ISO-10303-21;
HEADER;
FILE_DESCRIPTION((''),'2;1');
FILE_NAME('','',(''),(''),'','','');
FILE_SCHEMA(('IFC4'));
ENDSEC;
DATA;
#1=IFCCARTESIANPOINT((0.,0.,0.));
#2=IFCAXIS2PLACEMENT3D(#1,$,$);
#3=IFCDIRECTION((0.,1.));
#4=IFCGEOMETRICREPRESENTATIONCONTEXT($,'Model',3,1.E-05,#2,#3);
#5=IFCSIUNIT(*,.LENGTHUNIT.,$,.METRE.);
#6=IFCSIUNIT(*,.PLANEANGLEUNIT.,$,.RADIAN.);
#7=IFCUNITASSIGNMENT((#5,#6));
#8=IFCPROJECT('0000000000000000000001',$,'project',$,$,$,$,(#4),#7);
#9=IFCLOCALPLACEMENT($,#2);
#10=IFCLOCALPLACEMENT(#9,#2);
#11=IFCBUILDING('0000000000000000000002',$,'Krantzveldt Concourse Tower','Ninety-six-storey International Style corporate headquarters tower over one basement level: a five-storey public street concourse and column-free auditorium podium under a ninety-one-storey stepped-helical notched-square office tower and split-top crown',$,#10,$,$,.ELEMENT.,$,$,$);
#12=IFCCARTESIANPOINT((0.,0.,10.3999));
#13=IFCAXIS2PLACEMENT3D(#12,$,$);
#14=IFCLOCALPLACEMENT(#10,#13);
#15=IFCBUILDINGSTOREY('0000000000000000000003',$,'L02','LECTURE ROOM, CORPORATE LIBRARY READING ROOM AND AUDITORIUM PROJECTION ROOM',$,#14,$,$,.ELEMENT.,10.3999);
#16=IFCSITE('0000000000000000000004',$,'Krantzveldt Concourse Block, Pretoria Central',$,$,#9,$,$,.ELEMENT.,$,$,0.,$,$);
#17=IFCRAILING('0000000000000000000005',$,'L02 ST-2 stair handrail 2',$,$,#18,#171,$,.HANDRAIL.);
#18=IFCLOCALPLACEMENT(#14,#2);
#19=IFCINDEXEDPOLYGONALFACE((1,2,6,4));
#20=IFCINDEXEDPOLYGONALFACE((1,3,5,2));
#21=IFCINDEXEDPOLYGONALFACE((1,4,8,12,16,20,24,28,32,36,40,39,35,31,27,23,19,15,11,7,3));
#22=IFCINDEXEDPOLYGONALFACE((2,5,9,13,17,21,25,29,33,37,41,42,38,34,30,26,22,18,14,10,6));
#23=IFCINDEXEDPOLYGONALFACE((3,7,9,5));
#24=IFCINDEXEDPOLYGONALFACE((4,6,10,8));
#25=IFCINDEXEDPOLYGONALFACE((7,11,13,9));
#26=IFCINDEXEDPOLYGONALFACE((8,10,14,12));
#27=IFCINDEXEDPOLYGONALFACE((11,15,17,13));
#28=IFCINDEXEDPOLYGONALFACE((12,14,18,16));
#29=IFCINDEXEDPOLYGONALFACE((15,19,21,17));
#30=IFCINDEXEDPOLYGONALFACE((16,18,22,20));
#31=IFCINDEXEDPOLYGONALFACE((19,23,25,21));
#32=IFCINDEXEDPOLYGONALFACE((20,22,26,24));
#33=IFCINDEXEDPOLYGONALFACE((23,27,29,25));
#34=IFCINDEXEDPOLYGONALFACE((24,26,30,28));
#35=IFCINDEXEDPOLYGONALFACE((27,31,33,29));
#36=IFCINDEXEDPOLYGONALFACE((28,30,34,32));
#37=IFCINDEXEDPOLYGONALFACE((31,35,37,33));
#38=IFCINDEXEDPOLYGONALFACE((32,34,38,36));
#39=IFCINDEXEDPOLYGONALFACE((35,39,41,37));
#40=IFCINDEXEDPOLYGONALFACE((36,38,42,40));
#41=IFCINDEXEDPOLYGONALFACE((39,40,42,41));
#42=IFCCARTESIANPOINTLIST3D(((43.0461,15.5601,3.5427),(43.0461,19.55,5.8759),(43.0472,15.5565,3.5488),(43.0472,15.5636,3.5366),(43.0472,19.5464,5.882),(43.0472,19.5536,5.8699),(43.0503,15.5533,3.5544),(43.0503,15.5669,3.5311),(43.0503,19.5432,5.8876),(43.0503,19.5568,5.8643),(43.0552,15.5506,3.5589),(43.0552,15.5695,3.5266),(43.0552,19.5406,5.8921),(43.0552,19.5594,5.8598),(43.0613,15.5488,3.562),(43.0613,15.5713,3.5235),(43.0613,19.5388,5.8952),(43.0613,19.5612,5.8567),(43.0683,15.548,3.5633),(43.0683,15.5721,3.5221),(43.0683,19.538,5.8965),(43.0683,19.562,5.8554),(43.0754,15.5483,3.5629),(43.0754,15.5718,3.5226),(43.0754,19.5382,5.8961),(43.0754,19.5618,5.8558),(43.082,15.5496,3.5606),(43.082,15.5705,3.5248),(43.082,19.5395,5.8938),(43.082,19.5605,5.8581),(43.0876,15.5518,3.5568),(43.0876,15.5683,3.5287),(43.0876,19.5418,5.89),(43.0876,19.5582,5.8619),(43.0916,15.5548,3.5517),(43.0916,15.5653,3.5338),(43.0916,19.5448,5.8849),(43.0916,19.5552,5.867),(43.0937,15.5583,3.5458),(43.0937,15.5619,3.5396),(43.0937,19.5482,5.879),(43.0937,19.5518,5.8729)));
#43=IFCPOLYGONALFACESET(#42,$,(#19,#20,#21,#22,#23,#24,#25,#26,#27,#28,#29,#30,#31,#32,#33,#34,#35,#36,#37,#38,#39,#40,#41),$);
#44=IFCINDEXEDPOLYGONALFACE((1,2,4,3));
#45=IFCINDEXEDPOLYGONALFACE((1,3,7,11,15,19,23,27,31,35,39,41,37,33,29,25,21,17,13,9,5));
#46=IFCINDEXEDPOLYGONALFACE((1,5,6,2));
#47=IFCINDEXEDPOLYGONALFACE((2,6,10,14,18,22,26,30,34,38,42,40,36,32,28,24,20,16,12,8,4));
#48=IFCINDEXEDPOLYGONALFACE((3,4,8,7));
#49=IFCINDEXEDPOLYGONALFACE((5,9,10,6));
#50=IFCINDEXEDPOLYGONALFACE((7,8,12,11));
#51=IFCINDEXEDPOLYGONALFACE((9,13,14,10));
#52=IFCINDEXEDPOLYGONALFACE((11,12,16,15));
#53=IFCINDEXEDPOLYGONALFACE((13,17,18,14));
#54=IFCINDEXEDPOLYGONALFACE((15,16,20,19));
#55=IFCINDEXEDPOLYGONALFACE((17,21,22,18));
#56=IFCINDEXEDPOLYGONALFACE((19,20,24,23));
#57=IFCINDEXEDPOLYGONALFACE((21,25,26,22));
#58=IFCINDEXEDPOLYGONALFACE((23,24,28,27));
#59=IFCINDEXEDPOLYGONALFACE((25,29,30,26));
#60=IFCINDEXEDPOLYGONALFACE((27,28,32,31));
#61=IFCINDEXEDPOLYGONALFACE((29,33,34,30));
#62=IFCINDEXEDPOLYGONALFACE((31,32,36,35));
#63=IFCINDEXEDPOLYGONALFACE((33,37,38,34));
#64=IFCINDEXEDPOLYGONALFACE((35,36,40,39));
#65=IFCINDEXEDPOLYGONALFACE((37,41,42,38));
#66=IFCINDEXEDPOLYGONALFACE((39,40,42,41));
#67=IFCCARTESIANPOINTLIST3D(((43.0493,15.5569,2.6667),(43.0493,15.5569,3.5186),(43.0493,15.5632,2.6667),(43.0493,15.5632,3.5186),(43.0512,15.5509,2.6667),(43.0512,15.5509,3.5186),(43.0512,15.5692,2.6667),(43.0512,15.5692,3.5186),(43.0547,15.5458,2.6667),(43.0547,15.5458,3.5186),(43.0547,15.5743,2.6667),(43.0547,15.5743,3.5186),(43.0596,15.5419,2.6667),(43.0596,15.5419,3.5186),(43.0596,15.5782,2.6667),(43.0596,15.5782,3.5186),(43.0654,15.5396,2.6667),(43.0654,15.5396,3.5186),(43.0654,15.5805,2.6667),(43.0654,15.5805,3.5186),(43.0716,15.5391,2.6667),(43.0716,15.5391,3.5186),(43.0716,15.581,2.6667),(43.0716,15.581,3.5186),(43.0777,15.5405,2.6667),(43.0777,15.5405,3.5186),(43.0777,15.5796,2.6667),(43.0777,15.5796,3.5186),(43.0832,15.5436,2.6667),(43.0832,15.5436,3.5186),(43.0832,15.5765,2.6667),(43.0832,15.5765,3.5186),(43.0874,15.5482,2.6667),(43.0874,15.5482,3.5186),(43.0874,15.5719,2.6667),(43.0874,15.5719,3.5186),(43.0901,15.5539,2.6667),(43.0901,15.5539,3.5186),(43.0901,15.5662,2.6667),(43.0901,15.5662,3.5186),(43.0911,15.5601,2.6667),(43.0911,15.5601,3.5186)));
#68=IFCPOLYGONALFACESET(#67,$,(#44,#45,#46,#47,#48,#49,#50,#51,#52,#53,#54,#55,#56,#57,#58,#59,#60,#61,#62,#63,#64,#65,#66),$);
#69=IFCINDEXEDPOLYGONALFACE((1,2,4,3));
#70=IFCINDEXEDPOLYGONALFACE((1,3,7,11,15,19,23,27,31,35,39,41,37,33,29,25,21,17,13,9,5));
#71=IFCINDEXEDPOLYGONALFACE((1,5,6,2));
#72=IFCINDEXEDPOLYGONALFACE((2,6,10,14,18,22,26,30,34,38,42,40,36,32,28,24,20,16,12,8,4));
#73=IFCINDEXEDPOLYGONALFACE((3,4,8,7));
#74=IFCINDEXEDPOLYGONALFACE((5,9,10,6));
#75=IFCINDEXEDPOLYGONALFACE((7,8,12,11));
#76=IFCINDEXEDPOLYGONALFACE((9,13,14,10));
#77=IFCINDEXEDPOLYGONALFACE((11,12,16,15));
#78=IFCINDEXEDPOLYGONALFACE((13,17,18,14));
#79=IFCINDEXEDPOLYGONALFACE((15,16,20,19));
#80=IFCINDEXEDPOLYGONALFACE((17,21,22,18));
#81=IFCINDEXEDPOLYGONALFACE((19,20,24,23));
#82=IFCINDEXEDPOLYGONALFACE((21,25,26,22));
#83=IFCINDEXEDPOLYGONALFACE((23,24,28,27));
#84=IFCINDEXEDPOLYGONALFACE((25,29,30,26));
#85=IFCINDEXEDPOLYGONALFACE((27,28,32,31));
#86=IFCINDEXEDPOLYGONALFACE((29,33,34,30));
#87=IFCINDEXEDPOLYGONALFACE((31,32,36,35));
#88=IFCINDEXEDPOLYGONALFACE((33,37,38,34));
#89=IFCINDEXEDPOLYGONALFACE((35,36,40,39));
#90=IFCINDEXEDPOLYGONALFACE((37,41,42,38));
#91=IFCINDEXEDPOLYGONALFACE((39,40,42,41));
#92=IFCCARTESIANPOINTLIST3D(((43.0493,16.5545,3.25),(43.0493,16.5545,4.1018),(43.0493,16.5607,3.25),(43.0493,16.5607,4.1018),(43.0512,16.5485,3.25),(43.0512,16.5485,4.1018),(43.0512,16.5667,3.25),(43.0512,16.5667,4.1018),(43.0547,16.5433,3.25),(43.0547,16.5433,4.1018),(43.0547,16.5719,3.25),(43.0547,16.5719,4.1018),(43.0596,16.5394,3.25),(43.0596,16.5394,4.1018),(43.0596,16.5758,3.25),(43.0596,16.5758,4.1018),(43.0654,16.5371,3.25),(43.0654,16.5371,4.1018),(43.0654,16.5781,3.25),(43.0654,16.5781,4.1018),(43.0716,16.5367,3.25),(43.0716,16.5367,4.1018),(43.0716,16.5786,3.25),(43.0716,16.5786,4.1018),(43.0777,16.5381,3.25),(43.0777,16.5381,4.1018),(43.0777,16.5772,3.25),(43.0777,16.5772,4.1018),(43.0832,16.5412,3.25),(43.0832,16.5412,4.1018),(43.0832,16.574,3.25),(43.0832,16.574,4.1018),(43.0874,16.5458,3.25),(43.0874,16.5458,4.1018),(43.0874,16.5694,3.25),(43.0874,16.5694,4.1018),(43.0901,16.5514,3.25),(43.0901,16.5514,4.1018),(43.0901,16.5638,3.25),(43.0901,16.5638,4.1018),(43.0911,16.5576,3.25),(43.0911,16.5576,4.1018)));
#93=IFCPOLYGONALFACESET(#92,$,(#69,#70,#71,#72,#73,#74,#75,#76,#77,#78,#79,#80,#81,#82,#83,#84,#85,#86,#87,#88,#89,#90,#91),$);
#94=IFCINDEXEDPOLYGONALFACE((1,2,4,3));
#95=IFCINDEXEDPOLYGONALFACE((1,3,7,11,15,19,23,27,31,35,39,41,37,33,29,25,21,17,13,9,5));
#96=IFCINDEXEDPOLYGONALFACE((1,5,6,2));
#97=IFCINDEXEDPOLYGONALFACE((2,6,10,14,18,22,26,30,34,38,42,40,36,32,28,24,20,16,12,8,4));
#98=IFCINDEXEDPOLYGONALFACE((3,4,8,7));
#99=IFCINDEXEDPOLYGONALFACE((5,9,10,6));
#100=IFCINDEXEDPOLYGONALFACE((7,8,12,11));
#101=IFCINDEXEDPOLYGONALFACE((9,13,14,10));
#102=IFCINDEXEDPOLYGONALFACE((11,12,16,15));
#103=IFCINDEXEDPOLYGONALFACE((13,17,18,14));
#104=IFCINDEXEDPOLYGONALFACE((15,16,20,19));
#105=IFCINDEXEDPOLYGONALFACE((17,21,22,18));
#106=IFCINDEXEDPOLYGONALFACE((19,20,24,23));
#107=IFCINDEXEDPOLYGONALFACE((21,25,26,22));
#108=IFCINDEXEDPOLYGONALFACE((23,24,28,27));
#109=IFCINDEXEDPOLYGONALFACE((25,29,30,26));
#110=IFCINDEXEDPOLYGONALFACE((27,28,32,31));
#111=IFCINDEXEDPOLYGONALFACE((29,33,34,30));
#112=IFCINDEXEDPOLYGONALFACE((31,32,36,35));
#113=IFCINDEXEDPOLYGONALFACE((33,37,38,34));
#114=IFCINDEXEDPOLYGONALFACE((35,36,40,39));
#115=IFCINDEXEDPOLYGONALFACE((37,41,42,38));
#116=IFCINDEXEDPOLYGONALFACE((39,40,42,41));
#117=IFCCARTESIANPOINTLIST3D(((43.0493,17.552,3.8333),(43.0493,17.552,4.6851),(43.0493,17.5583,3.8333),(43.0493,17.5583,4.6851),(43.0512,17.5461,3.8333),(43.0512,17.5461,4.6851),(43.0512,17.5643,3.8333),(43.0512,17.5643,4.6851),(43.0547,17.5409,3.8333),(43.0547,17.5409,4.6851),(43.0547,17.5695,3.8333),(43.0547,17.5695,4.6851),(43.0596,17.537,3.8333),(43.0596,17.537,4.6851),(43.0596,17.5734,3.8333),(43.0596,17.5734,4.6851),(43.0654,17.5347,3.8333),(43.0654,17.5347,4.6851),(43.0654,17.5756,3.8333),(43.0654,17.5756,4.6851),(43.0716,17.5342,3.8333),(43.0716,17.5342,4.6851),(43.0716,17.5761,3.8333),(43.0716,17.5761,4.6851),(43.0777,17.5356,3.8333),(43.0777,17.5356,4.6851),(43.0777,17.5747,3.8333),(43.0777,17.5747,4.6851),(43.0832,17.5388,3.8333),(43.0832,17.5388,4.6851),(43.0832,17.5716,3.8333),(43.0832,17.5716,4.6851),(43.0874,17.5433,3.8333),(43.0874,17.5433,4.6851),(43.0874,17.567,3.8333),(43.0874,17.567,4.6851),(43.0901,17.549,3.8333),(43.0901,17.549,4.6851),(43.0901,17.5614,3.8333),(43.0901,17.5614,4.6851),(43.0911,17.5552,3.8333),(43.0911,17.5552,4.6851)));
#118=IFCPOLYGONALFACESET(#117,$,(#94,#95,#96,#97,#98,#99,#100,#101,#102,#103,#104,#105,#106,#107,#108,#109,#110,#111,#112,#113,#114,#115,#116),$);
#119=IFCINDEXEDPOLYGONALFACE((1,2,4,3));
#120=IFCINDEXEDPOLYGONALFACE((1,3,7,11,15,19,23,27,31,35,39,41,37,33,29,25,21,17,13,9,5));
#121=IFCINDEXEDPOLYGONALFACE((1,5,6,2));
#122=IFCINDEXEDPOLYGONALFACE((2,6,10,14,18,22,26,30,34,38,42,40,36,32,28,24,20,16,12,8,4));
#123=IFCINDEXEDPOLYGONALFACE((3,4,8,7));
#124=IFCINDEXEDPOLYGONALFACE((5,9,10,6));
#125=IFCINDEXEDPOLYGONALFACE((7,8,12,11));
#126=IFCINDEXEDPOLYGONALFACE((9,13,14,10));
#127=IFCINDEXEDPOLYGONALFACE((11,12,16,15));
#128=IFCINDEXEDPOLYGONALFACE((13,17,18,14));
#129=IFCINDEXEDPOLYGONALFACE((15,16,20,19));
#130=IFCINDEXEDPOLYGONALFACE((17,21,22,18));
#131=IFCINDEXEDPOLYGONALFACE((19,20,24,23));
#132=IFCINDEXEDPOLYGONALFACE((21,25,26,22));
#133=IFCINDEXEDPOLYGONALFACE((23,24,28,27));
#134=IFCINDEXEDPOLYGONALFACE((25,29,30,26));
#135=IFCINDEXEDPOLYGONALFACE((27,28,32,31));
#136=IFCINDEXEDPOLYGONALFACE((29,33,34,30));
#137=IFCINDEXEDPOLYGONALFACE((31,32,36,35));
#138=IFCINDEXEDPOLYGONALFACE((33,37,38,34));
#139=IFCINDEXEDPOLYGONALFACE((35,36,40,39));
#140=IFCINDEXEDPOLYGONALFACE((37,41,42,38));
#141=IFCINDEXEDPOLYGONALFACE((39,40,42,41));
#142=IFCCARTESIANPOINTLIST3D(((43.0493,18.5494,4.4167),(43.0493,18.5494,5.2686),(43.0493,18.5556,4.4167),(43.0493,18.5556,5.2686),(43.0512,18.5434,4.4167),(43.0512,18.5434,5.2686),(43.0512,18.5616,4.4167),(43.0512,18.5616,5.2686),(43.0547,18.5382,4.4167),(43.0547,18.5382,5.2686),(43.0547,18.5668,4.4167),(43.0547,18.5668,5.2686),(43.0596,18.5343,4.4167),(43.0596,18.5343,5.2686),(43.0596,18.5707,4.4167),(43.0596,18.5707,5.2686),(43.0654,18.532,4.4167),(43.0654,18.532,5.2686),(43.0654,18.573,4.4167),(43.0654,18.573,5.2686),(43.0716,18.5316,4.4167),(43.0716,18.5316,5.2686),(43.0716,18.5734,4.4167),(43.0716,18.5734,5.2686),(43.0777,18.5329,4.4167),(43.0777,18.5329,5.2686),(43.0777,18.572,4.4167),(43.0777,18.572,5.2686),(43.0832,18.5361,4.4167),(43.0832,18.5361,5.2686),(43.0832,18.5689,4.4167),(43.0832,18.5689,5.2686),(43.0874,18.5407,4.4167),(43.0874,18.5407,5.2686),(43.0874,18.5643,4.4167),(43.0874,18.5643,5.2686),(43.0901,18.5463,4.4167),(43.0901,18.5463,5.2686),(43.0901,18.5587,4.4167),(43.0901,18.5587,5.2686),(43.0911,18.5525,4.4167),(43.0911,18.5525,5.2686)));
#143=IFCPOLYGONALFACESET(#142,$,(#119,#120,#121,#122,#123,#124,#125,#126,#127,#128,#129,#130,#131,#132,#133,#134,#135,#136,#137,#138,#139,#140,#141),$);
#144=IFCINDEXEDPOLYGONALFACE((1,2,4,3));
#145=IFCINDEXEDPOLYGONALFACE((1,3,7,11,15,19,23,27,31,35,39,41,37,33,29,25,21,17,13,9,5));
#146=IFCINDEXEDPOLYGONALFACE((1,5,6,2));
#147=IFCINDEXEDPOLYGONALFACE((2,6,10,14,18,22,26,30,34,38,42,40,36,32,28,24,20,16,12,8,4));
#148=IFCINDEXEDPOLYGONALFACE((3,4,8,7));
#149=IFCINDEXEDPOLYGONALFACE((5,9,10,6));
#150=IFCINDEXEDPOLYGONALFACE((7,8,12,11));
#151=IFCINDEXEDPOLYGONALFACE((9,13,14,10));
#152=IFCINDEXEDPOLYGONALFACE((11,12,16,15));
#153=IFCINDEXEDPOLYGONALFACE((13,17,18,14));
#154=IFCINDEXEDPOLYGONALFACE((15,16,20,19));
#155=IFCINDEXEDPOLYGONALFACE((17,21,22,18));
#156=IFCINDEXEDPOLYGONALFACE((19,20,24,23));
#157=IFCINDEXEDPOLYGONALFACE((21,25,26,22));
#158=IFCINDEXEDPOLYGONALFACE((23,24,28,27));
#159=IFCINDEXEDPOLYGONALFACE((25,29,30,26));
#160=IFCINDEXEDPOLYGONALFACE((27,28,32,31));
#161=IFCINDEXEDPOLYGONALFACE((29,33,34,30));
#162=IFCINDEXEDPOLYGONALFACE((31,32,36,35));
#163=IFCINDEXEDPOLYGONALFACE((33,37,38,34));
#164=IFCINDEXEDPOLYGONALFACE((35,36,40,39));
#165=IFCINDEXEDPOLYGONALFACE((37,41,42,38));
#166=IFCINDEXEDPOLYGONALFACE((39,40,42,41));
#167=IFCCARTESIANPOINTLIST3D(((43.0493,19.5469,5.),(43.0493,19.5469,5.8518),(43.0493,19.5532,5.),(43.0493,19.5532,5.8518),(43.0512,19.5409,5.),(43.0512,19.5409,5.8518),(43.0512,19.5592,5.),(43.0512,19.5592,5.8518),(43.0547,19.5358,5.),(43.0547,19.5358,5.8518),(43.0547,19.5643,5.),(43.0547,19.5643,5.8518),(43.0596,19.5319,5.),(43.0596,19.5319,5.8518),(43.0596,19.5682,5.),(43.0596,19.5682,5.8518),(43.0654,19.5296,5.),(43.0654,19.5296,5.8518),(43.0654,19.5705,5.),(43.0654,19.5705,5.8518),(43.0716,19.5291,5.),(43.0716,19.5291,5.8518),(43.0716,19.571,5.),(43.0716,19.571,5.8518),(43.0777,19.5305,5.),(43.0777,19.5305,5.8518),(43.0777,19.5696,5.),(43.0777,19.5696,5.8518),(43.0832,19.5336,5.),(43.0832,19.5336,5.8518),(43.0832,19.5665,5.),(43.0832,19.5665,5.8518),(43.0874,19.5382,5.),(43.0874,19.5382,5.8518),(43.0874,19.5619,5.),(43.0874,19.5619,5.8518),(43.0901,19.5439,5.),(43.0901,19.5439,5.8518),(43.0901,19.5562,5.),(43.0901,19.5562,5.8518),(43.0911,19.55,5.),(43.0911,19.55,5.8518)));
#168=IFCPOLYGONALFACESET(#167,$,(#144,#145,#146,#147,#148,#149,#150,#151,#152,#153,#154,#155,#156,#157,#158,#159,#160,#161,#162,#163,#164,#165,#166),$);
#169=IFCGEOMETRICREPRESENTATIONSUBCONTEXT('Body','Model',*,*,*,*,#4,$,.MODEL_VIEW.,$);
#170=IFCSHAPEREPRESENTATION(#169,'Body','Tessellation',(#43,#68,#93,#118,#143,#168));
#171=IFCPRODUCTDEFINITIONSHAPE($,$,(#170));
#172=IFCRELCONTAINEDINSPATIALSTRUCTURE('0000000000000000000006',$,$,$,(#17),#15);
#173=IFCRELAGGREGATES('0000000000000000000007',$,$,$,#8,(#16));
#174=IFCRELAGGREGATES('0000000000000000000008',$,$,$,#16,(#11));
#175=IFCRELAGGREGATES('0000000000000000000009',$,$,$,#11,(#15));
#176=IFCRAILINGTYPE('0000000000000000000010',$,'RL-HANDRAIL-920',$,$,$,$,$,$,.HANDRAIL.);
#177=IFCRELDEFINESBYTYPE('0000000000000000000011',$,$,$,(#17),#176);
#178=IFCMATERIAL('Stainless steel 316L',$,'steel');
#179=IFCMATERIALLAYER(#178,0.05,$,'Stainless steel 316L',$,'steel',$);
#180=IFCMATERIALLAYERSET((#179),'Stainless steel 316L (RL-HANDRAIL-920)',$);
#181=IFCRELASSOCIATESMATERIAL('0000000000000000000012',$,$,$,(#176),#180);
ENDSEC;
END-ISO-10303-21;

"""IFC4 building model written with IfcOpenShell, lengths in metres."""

from ifc_helpers import new_model, si_unit, direction, frame, origin, origin_2d, place, context, subcontext, project, spatial, circle, extrude, material, layer, layer_set, type_object, element, save


model = new_model("IFC4")

# Units and contexts
model_context = context("Model", 3, precision=1e-05, world=origin(), true_north=direction((0.0, 1.0)))
body_context = subcontext(model_context, "Body", "Model", "MODEL_VIEW")
ifc_project = project(units=[si_unit("LENGTHUNIT", "METRE"), si_unit("PLANEANGLEUNIT", "RADIAN")], contexts=[model_context])

# Site, building, storey
site_placement = place(None, origin())
site = spatial("IfcSite", under=ifc_project, at=site_placement, Name="Krantzveldt Concourse Block, Pretoria Central", CompositionType="ELEMENT", RefElevation=0.0)
building_placement = place(site_placement, origin())
building = spatial("IfcBuilding", under=site, at=building_placement, Name="Krantzveldt Concourse Tower", Description="Ninety-six-storey International Style corporate headquarters tower over one basement level: a five-storey public street concourse and column-free auditorium podium under a ninety-one-storey stepped-helical notched-square office tower and split-top crown", CompositionType="ELEMENT")
storey_placement = place(building_placement, frame((0.0, 0.0, 10.3999)))
storey = spatial("IfcBuildingStorey", under=building, at=storey_placement, Name="L02", Description="LECTURE ROOM, CORPORATE LIBRARY READING ROOM AND AUDITORIUM PROJECTION ROOM", CompositionType="ELEMENT", Elevation=10.3999)

# Shared definitions
ifc_material_1 = material(Name="Stainless steel 316L", Category="steel")

# Railing
ifc_layer_1 = layer(ifc_material_1, 0.05, Name="Stainless steel 316L", Category="steel")
ifc_layer_set_1 = layer_set([ifc_layer_1], Name="Stainless steel 316L (RL-HANDRAIL-920)")
railing_type_1 = type_object("IfcRailingType", Name="RL-HANDRAIL-920", PredefinedType="HANDRAIL", material=ifc_layer_set_1)
railing_1_placement = place(storey_placement, frame((43.0701, 15.5601, 2.6667)))
element("IfcRailing", 1, at=railing_1_placement, inside=storey, type_object=railing_type_1, Name="L02 ST-2 stair handrail 2", PredefinedType="HANDRAIL", context=body_context, shape_type="SweptSolid", body=[
    extrude(circle(Radius=0.0239, at=origin_2d()), frame((0.0, 0.0, 0.876), z_axis=(0.0, 0.863236, 0.5048), x_axis=(-1.0, 0.0, 0.0)), (0.0, 0.0, 1.0), 4.6221),
    extrude(circle(Radius=0.021, at=origin_2d()), origin(), (0.0, 0.0, 1.0), 0.8518),
    extrude(circle(Radius=0.021, at=origin_2d()), frame((0.0, 0.9976, 0.5833)), (0.0, 0.0, 1.0), 0.8518),
    extrude(circle(Radius=0.021, at=origin_2d()), frame((0.0, 1.9951, 1.1665)), (0.0, 0.0, 1.0), 0.8518),
    extrude(circle(Radius=0.021, at=origin_2d()), frame((0.0, 2.9924, 1.75)), (0.0, 0.0, 1.0), 0.8518),
    extrude(circle(Radius=0.021, at=origin_2d()), frame((0.0, 3.99, 2.3333)), (0.0, 0.0, 1.0), 0.8518),
])

save(model, "model.ifc")
